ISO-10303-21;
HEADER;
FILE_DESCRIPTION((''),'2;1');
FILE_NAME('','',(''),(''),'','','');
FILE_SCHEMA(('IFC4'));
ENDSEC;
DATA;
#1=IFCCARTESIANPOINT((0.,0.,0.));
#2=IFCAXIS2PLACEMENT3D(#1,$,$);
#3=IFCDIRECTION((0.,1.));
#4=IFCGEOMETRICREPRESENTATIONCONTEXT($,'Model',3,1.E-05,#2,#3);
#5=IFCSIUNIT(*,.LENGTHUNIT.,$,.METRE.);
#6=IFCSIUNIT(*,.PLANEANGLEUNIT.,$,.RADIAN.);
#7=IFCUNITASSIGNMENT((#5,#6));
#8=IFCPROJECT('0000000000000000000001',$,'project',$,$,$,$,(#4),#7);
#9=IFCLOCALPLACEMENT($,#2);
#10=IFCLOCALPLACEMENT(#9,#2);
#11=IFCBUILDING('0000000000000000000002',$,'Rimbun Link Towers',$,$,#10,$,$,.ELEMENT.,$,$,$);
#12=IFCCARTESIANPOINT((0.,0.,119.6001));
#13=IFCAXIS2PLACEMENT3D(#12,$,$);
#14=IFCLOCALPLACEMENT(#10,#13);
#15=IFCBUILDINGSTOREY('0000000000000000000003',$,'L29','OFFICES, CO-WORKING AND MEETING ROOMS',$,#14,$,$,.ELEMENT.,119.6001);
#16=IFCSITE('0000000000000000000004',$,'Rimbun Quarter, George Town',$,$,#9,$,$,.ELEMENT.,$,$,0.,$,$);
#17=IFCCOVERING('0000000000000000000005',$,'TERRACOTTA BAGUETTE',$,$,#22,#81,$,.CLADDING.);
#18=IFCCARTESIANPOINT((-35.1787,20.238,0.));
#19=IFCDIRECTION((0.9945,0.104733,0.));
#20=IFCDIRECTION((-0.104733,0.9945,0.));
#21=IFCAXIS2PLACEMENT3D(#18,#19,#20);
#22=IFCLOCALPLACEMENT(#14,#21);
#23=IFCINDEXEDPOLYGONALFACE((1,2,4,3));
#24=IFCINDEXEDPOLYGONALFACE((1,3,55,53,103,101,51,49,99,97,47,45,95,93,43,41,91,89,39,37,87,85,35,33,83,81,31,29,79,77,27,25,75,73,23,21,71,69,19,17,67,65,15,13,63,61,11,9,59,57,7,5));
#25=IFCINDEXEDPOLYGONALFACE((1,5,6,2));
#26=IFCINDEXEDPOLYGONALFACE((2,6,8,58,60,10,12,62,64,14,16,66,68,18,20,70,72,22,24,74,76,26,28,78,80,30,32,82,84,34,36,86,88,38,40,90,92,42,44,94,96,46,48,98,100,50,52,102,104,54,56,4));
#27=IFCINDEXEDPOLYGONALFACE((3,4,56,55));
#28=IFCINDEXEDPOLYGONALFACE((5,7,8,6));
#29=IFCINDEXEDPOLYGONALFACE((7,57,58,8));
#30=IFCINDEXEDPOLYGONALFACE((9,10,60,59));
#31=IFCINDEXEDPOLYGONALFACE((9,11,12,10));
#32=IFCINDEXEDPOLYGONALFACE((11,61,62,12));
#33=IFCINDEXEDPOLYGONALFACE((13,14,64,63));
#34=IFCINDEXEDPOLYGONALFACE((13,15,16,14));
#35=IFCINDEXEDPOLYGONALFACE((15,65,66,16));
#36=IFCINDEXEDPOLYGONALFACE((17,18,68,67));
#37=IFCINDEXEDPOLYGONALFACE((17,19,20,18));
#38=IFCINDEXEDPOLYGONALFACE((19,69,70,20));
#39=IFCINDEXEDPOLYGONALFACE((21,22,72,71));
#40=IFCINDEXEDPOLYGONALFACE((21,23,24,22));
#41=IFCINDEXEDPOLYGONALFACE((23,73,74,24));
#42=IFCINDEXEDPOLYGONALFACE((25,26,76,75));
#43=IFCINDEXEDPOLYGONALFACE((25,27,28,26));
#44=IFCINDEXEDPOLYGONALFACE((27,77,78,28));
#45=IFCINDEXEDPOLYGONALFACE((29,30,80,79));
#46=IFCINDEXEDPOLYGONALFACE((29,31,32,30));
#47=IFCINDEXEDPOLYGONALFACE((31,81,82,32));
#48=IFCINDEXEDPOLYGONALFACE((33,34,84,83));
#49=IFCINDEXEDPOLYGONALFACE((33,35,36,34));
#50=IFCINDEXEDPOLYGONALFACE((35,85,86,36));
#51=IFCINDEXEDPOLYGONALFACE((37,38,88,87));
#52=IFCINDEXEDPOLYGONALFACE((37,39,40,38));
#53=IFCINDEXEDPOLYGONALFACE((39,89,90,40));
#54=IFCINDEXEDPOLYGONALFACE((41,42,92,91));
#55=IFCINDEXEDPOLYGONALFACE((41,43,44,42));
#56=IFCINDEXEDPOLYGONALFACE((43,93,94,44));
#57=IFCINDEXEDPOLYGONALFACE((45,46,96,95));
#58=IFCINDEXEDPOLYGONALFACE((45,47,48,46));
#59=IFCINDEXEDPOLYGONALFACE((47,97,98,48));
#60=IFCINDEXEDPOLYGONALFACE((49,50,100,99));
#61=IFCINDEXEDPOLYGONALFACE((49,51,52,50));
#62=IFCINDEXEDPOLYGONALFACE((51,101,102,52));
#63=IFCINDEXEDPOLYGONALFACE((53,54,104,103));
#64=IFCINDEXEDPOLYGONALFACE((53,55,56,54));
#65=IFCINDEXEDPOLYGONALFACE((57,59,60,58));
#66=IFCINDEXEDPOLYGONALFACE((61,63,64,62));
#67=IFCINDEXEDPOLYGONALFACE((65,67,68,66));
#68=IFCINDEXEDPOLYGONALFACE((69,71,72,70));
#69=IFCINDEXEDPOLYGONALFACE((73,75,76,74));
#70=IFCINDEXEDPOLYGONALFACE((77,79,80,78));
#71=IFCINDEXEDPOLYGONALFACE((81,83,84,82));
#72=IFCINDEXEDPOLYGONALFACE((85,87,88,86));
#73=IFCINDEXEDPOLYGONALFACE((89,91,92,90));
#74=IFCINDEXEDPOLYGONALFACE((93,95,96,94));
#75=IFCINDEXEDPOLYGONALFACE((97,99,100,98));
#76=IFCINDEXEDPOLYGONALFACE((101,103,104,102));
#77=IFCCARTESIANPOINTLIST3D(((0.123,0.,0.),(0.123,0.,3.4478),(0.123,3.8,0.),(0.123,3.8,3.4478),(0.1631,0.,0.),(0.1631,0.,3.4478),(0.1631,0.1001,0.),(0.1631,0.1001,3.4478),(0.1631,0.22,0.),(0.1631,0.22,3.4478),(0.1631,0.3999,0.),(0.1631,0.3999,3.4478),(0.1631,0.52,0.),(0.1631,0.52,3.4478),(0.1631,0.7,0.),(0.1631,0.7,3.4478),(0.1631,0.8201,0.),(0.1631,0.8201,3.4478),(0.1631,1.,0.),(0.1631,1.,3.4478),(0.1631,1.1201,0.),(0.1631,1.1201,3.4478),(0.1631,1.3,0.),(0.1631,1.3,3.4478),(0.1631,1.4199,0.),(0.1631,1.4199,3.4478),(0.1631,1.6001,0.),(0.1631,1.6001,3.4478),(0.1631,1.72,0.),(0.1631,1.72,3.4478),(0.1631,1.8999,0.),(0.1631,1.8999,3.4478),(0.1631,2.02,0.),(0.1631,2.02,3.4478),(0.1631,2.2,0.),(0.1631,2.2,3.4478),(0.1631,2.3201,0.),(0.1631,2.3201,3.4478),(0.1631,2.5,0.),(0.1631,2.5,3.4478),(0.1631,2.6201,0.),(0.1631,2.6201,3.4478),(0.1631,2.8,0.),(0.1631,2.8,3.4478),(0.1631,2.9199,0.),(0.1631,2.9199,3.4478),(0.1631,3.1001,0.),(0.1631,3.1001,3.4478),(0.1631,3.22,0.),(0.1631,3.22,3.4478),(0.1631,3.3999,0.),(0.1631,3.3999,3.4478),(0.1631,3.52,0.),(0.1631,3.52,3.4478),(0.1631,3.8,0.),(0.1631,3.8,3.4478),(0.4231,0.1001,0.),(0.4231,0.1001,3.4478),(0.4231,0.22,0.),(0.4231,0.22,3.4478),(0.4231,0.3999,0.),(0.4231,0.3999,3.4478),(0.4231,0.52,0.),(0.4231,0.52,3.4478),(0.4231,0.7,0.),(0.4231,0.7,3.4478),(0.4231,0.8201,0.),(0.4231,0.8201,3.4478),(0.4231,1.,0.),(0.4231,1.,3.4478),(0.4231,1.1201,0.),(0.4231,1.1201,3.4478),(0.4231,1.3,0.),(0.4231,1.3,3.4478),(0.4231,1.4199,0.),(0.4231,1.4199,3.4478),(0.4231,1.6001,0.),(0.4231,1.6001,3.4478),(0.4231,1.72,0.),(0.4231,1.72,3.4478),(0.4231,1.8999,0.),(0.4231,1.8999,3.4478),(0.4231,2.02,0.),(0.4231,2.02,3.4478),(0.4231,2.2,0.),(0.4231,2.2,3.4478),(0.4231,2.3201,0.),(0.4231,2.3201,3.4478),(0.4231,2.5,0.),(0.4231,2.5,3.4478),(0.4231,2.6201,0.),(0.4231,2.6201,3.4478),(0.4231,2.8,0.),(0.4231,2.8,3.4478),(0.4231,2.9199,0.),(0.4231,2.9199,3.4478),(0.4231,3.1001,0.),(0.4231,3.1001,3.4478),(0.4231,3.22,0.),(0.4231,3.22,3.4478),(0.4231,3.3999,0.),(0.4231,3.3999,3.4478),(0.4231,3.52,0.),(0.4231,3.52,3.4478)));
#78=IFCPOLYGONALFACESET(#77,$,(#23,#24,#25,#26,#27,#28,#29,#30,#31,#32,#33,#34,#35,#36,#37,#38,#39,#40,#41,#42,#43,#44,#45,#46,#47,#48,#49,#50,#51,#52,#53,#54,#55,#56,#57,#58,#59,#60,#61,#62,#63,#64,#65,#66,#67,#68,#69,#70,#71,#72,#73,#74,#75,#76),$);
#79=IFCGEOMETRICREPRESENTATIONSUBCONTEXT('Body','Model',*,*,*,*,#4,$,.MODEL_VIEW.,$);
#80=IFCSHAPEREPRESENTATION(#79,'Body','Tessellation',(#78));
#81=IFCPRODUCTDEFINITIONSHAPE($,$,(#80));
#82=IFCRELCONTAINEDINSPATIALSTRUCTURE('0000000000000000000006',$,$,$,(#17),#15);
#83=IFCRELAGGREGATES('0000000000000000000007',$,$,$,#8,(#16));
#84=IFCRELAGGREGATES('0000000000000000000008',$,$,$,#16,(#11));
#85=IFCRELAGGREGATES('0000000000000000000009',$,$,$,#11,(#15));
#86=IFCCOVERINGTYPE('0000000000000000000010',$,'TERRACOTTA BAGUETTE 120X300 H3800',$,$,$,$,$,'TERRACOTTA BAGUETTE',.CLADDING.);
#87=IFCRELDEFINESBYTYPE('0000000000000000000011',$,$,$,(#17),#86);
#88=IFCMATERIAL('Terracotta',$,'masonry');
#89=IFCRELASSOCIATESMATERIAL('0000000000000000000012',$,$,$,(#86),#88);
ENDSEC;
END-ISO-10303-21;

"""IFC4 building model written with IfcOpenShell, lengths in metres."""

from ifc_helpers import new_model, si_unit, direction, frame, origin, place, context, subcontext, project, spatial, polyline, outline, extrude, material, material_profile, profile_set, type_object, element, save


model = new_model("IFC4")

# Units and contexts
model_context = context("Model", 3, precision=1e-05, world=origin(), true_north=direction((0.0, 1.0)))
body_context = subcontext(model_context, "Body", "Model", "MODEL_VIEW")
ifc_project = project(units=[si_unit("LENGTHUNIT", "METRE"), si_unit("PLANEANGLEUNIT", "RADIAN")], contexts=[model_context])

# Site, building, storey
site_placement = place(None, origin())
site = spatial("IfcSite", under=ifc_project, at=site_placement, Name="Rimbun Quarter, George Town", CompositionType="ELEMENT", RefElevation=0.0)
building_placement = place(site_placement, origin())
building = spatial("IfcBuilding", under=site, at=building_placement, Name="Rimbun Link Towers", CompositionType="ELEMENT")
storey_placement = place(building_placement, frame((0.0, 0.0, 119.6001)))
storey = spatial("IfcBuildingStorey", under=building, at=storey_placement, Name="L29", Description="OFFICES, CO-WORKING AND MEETING ROOMS", CompositionType="ELEMENT", Elevation=119.6001)

# Covering
ifc_material_1 = material(Name="Terracotta", Category="masonry")
ifc_material_profile_1 = material_profile(ifc_material_1, outline(polyline([(0.123, 0.0), (0.1631, 0.0), (0.1631, 0.1001), (0.4231, 0.1001), (0.4231, 0.22), (0.1631, 0.22), (0.1631, 0.3999), (0.4231, 0.3999), (0.4231, 0.52), (0.1631, 0.52), (0.1631, 0.7), (0.4231, 0.7), (0.4231, 0.8201), (0.1631, 0.8201), (0.1631, 1.0), (0.4231, 1.0), (0.4231, 1.1201), (0.1631, 1.1201), (0.1631, 1.3), (0.4231, 1.3), (0.4231, 1.4199), (0.1631, 1.4199), (0.1631, 1.6001), (0.4231, 1.6001), (0.4231, 1.72), (0.1631, 1.72), (0.1631, 1.8999), (0.4231, 1.8999), (0.4231, 2.02), (0.1631, 2.02), (0.1631, 2.2), (0.4231, 2.2), (0.4231, 2.3201), (0.1631, 2.3201), (0.1631, 2.5), (0.4231, 2.5), (0.4231, 2.6201), (0.1631, 2.6201), (0.1631, 2.8), (0.4231, 2.8), (0.4231, 2.9199), (0.1631, 2.9199), (0.1631, 3.1001), (0.4231, 3.1001), (0.4231, 3.22), (0.1631, 3.22), (0.1631, 3.3999), (0.4231, 3.3999), (0.4231, 3.52), (0.1631, 3.52), (0.1631, 3.8), (0.123, 3.8), (0.123, 0.0)])), Name="BAGUETTE 120X300")
ifc_profile_set_1 = profile_set([ifc_material_profile_1], Name="Terracotta")
covering_type = type_object("IfcCoveringType", Name="TERRACOTTA BAGUETTE 120X300 H3800", ElementType="TERRACOTTA BAGUETTE", PredefinedType="CLADDING", material=ifc_profile_set_1)
for number, where, z_axis, x_axis, name in (
    (1, (-35.1787, 20.238, 0.0), (0.9945, 0.104733, 0.0), (-0.104733, 0.9945, 0.0), "TERRACOTTA BAGUETTE"),
):
    element("IfcCovering", number, at=place(storey_placement, frame(where, z_axis=z_axis, x_axis=x_axis)), inside=storey, type_object=covering_type, Name=name, PredefinedType="CLADDING", context=body_context, shape_type="SweptSolid", body=[
        extrude(outline(polyline([(0.123, 0.0), (0.1631, 0.0), (0.1631, 0.1001), (0.4231, 0.1001), (0.4231, 0.22), (0.1631, 0.22), (0.1631, 0.3999), (0.4231, 0.3999), (0.4231, 0.52), (0.1631, 0.52), (0.1631, 0.7), (0.4231, 0.7), (0.4231, 0.8201), (0.1631, 0.8201), (0.1631, 1.0), (0.4231, 1.0), (0.4231, 1.1201), (0.1631, 1.1201), (0.1631, 1.3), (0.4231, 1.3), (0.4231, 1.4199), (0.1631, 1.4199), (0.1631, 1.6001), (0.4231, 1.6001), (0.4231, 1.72), (0.1631, 1.72), (0.1631, 1.8999), (0.4231, 1.8999), (0.4231, 2.02), (0.1631, 2.02), (0.1631, 2.2), (0.4231, 2.2), (0.4231, 2.3201), (0.1631, 2.3201), (0.1631, 2.5), (0.4231, 2.5), (0.4231, 2.6201), (0.1631, 2.6201), (0.1631, 2.8), (0.4231, 2.8), (0.4231, 2.9199), (0.1631, 2.9199), (0.1631, 3.1001), (0.4231, 3.1001), (0.4231, 3.22), (0.1631, 3.22), (0.1631, 3.3999), (0.4231, 3.3999), (0.4231, 3.52), (0.1631, 3.52), (0.1631, 3.8), (0.123, 3.8), (0.123, 0.0)])), origin(), (0.0, 0.0, 1.0), 3.4478),
    ])

save(model, "model.ifc")
